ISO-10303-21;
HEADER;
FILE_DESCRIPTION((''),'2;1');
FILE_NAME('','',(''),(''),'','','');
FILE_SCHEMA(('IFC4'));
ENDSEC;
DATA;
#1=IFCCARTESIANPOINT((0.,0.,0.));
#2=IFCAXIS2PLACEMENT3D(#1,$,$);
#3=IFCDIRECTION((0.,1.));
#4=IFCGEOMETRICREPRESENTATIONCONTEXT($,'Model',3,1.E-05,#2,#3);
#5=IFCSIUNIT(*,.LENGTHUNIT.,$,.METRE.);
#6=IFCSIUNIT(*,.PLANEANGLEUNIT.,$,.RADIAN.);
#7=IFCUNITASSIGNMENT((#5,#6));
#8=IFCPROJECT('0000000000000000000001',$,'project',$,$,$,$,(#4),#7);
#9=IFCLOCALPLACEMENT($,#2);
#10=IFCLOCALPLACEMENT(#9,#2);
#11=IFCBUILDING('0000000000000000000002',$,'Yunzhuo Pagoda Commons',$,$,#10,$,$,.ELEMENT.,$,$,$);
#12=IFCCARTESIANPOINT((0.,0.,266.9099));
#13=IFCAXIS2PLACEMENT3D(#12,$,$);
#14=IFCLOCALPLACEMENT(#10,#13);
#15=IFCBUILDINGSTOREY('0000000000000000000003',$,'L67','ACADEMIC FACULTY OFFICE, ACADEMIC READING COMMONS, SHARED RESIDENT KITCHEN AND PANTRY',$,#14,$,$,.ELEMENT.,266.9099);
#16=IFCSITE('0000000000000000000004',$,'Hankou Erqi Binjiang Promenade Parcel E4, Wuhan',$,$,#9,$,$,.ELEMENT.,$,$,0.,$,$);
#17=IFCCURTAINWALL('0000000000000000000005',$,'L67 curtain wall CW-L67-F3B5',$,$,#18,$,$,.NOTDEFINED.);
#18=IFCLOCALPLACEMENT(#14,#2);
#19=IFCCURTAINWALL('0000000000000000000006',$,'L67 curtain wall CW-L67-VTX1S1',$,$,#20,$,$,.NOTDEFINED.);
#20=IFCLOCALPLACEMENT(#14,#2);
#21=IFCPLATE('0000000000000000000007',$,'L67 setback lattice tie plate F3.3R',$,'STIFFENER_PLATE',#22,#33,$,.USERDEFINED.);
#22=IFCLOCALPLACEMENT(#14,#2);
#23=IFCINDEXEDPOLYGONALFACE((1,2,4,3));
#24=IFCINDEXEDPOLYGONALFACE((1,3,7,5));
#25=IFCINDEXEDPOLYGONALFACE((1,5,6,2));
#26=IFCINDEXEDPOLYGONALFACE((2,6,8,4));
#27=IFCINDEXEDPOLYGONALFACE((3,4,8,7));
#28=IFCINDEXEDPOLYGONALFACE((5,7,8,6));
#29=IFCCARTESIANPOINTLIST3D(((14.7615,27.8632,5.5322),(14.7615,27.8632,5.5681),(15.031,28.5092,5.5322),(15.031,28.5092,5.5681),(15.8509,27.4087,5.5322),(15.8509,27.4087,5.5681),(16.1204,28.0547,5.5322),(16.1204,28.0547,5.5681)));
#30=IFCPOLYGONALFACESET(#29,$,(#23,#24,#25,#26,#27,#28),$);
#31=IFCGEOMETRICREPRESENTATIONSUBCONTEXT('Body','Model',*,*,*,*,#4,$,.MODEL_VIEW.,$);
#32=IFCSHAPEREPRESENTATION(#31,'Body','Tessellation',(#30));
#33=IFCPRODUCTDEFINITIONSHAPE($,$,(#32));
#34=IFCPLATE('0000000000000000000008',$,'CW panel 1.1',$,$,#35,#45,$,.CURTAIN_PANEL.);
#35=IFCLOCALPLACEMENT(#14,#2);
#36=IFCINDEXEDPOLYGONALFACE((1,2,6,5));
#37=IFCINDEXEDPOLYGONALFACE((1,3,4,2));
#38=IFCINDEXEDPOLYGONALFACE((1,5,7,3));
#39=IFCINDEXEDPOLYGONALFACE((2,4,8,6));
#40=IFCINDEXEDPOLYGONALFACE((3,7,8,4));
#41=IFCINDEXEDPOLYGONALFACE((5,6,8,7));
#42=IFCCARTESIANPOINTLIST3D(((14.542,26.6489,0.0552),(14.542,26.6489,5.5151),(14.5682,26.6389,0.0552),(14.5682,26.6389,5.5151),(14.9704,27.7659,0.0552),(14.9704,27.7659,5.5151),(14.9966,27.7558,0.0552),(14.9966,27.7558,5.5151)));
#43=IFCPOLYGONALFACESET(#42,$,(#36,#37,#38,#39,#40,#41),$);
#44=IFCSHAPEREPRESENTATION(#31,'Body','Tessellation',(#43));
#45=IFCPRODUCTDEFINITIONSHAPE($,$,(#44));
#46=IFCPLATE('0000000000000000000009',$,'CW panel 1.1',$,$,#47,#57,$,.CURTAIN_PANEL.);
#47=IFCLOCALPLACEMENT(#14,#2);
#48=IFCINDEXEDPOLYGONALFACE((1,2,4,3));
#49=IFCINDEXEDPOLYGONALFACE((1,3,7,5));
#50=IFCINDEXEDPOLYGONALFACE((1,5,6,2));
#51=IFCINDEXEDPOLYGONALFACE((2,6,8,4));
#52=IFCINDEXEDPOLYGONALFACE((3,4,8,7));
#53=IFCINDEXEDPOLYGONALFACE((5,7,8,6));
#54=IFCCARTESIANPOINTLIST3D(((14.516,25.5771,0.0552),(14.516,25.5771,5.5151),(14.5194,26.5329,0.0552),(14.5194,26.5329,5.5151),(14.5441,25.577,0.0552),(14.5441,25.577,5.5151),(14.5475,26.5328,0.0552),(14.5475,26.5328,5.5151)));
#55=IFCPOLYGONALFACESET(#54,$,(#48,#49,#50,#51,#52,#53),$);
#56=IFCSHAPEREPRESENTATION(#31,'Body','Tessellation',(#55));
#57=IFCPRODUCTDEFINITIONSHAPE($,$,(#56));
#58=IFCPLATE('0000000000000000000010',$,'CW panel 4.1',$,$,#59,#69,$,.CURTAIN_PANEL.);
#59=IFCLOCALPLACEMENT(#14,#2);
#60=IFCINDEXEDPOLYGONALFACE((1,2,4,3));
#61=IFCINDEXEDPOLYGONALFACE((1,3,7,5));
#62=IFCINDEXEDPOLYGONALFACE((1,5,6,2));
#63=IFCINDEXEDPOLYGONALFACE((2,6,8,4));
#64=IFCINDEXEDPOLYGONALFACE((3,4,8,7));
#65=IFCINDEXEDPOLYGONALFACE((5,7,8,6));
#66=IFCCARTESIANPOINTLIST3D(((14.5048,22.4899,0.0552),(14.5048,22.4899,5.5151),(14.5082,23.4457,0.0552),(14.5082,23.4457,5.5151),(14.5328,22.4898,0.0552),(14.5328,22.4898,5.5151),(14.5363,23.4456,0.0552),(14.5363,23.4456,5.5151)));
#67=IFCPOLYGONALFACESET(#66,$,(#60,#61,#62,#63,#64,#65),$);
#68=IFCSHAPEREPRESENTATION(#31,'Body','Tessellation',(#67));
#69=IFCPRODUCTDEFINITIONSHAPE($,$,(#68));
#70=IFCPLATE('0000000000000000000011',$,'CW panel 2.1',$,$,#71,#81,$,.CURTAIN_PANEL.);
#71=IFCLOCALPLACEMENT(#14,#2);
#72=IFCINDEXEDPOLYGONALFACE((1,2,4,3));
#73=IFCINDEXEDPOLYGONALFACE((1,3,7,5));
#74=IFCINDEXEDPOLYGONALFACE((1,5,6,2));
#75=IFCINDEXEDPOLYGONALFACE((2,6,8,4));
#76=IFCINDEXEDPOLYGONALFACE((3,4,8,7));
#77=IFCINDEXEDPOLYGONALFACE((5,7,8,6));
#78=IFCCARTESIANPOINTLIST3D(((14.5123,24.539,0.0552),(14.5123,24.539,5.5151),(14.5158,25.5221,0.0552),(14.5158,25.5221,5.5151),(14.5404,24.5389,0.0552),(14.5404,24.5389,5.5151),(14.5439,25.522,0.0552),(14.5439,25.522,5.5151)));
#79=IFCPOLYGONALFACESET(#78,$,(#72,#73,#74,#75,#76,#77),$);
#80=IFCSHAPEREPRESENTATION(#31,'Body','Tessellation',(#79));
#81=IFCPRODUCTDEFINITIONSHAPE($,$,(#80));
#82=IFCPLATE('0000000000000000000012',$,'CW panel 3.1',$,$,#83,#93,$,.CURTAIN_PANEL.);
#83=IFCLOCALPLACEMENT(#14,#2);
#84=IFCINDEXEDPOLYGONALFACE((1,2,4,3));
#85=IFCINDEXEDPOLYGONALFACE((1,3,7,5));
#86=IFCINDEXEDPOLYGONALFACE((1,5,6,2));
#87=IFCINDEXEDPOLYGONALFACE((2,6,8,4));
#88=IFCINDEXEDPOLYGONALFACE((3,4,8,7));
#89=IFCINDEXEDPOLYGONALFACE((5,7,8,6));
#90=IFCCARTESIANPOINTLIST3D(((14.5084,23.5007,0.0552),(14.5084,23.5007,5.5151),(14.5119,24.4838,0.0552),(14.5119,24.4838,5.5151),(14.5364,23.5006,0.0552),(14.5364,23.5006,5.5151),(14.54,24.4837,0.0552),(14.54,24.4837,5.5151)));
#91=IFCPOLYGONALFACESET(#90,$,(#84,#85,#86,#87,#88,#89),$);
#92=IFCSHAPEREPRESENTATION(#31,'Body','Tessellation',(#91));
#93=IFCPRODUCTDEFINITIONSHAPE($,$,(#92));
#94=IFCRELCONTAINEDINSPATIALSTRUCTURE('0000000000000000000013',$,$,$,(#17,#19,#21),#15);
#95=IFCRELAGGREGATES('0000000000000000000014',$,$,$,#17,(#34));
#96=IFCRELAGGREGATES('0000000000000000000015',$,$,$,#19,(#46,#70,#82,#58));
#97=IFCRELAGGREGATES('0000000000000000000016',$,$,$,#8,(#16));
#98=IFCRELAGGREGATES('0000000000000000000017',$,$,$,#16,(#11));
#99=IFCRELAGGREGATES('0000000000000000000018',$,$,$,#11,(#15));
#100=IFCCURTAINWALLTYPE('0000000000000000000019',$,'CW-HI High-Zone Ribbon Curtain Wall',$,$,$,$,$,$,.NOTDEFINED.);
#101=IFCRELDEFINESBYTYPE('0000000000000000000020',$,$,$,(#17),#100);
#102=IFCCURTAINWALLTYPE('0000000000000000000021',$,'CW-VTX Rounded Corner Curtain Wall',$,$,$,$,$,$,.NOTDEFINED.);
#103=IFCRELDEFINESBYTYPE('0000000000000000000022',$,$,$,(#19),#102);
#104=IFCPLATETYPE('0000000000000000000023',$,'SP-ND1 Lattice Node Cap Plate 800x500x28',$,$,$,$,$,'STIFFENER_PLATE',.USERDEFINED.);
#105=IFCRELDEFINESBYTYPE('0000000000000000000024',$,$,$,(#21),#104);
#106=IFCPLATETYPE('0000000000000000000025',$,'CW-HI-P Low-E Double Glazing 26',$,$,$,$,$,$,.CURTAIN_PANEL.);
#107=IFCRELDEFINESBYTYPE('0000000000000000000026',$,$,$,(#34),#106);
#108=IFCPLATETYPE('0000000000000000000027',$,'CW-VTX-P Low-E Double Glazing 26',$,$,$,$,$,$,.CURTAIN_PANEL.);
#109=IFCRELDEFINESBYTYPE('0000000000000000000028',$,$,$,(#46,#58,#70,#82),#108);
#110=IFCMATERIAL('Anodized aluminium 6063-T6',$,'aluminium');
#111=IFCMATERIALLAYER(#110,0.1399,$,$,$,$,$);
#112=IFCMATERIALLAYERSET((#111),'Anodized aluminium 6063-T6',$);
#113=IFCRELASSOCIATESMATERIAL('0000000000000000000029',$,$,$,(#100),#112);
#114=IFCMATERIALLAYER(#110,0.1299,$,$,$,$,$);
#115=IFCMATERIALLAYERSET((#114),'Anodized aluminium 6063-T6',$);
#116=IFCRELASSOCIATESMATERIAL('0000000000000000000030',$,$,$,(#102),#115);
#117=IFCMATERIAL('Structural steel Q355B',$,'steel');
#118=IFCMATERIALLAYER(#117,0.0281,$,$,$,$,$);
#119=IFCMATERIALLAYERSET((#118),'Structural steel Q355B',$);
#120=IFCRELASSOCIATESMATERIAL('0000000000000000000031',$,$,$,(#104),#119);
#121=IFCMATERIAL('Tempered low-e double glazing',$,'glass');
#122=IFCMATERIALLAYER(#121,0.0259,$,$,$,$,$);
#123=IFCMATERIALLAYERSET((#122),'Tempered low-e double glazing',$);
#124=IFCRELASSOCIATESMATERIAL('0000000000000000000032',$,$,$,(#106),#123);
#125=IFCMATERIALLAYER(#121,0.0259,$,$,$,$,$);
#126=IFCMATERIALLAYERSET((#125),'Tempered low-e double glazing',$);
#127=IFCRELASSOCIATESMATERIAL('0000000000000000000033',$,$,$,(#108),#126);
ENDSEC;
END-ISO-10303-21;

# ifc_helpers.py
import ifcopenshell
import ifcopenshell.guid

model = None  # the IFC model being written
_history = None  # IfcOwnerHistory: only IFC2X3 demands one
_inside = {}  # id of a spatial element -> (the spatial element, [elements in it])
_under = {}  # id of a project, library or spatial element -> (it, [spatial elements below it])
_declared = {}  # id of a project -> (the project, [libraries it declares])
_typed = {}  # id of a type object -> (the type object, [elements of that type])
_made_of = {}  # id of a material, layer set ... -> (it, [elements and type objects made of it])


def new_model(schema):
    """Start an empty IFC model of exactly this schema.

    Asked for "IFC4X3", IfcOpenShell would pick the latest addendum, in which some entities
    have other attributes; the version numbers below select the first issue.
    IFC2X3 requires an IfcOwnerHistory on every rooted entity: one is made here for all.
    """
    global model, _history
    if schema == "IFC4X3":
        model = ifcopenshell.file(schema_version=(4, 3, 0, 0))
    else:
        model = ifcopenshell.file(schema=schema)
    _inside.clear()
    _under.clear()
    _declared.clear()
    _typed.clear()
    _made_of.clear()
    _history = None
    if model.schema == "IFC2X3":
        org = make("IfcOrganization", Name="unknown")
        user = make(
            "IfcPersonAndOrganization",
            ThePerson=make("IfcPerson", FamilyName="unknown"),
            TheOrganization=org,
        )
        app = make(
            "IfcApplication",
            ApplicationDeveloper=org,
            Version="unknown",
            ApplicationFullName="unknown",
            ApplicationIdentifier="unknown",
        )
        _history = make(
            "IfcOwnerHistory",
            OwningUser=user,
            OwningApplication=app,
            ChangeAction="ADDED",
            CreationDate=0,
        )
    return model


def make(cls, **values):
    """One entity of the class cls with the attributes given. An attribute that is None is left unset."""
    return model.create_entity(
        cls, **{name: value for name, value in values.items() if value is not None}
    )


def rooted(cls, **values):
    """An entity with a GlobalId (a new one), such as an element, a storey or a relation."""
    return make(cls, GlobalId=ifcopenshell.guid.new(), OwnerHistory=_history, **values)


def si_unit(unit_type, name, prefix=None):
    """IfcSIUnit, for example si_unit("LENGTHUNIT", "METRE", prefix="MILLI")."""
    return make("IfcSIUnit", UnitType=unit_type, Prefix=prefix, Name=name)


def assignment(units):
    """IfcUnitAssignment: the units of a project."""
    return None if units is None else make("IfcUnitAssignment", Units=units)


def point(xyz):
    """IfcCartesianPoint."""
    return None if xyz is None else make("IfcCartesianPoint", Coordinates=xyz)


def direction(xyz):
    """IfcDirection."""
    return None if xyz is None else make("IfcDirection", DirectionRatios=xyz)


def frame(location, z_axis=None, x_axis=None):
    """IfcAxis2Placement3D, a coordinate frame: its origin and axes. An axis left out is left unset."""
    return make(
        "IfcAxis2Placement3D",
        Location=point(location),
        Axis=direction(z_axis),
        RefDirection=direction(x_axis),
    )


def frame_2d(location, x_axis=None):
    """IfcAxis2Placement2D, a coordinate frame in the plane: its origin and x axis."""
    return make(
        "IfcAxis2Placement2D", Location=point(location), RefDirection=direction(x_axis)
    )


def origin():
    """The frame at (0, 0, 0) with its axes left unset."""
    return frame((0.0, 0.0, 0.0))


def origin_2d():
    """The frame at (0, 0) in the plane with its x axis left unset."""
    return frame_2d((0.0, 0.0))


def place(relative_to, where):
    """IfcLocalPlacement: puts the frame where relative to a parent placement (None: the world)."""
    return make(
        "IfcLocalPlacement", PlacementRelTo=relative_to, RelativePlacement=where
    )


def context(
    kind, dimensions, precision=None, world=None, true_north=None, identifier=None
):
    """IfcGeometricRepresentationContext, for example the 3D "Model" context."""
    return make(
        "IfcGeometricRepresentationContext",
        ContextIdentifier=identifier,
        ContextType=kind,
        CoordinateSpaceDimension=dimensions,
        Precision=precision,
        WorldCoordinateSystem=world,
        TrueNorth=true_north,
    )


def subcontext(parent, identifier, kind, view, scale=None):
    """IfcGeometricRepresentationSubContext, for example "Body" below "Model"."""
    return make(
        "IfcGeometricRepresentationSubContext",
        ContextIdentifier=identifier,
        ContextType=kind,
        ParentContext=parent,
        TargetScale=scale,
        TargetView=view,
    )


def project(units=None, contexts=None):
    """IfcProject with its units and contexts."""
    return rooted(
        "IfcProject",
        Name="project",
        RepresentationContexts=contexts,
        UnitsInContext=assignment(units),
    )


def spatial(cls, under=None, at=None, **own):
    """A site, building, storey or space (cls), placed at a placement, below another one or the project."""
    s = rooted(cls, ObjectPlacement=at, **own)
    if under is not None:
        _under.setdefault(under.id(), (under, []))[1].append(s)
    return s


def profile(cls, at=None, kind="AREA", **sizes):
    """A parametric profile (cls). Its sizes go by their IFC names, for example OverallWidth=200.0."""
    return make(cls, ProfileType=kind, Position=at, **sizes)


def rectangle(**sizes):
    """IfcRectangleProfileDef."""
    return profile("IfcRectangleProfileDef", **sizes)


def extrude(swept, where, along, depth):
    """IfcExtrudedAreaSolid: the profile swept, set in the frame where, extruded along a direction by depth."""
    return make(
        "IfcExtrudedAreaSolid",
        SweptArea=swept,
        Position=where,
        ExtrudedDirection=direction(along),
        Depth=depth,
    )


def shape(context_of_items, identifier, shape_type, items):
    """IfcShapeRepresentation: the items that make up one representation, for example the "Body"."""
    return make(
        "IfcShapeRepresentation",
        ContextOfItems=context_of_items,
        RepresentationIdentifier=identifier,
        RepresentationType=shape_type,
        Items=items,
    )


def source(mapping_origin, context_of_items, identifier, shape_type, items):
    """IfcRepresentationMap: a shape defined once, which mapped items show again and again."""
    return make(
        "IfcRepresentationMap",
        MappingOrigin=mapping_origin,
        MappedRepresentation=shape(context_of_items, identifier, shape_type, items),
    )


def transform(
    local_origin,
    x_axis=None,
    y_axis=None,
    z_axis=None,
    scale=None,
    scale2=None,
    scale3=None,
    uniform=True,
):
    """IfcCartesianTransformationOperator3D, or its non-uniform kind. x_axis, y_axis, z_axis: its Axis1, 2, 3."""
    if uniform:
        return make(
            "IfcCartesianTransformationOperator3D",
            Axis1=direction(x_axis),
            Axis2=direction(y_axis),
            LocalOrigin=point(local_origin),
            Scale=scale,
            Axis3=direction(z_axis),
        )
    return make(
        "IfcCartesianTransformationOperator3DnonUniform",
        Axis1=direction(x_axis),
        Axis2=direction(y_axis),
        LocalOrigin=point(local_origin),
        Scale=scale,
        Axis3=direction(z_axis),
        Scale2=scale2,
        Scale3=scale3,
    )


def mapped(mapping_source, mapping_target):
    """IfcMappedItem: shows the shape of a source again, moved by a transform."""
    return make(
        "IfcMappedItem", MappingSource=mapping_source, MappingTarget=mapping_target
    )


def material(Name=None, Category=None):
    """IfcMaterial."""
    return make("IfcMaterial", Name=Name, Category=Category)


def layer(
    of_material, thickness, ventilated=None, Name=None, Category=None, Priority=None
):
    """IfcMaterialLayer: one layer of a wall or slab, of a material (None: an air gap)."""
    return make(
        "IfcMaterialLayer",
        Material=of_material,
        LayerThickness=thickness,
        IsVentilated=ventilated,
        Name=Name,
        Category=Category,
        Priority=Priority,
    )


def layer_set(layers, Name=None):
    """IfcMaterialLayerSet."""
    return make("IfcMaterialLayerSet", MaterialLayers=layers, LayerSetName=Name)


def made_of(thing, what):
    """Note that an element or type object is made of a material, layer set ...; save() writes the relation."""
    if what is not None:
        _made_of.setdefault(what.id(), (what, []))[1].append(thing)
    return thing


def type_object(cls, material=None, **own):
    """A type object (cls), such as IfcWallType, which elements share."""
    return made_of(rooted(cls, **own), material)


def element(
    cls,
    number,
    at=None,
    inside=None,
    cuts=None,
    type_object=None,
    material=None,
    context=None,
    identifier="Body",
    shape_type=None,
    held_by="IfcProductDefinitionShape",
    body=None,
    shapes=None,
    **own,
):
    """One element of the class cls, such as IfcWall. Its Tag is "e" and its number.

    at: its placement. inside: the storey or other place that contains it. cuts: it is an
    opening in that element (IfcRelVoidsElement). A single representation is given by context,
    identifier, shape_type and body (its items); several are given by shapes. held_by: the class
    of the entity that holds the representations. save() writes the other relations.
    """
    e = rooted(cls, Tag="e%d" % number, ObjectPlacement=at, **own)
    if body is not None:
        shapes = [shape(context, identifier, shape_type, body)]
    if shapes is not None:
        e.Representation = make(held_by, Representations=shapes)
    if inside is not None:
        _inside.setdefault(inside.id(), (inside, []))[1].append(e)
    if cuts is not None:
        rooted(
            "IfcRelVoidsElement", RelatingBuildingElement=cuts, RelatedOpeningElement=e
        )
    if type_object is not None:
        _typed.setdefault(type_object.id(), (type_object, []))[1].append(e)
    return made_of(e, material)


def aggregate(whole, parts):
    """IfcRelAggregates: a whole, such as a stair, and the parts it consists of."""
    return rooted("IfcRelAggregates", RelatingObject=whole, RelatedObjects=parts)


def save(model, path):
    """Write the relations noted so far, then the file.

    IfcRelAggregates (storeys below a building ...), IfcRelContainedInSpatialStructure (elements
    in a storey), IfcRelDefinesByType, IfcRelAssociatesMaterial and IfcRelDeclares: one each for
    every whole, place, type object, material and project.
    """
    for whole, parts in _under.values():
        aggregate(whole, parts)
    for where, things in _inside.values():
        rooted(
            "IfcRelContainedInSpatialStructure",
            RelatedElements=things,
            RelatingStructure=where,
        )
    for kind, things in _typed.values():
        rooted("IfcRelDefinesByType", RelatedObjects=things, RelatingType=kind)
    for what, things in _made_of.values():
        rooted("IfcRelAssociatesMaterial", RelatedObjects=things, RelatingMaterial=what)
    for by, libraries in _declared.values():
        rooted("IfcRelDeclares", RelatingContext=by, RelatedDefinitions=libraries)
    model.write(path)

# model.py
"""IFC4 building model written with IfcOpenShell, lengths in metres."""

from ifc_helpers import new_model, si_unit, direction, frame, origin, origin_2d, place, context, subcontext, project, spatial, rectangle, extrude, source, transform, mapped, material, layer, layer_set, type_object, element, aggregate, save


model = new_model("IFC4")

# Units and contexts
model_context = context("Model", 3, precision=1e-05, world=origin(), true_north=direction((0.0, 1.0)))
body_context = subcontext(model_context, "Body", "Model", "MODEL_VIEW")
ifc_project = project(units=[si_unit("LENGTHUNIT", "METRE"), si_unit("PLANEANGLEUNIT", "RADIAN")], contexts=[model_context])

# Site, building, storey
site_placement = place(None, origin())
site = spatial("IfcSite", under=ifc_project, at=site_placement, Name="Hankou Erqi Binjiang Promenade Parcel E4, Wuhan", CompositionType="ELEMENT", RefElevation=0.0)
building_placement = place(site_placement, origin())
building = spatial("IfcBuilding", under=site, at=building_placement, Name="Yunzhuo Pagoda Commons", CompositionType="ELEMENT")
storey_placement = place(building_placement, frame((0.0, 0.0, 266.9099)))
storey = spatial("IfcBuildingStorey", under=building, at=storey_placement, Name="L67", Description="ACADEMIC FACULTY OFFICE, ACADEMIC READING COMMONS, SHARED RESIDENT KITCHEN AND PANTRY", CompositionType="ELEMENT", Elevation=266.9099)

# Shared definitions
ifc_material_1 = material(Name="Structural steel Q355B", Category="steel")

# Curtain walls
ifc_material_2 = material(Name="Anodized aluminium 6063-T6", Category="aluminium")
ifc_layer_1 = layer(ifc_material_2, 0.1399)
ifc_layer_set_1 = layer_set([ifc_layer_1], Name="Anodized aluminium 6063-T6")
curtain_wall_type_1 = type_object("IfcCurtainWallType", Name="CW-HI High-Zone Ribbon Curtain Wall", PredefinedType="NOTDEFINED", material=ifc_layer_set_1)
curtain_wall_1_placement = place(storey_placement, origin())
curtain_wall_1 = element("IfcCurtainWall", 1, at=curtain_wall_1_placement, inside=storey, type_object=curtain_wall_type_1, Name="L67 curtain wall CW-L67-F3B5", PredefinedType="NOTDEFINED")
ifc_layer_2 = layer(ifc_material_2, 0.1299)
ifc_layer_set_2 = layer_set([ifc_layer_2], Name="Anodized aluminium 6063-T6")
curtain_wall_type_2 = type_object("IfcCurtainWallType", Name="CW-VTX Rounded Corner Curtain Wall", PredefinedType="NOTDEFINED", material=ifc_layer_set_2)
curtain_wall_2_placement = place(storey_placement, origin())
curtain_wall_2 = element("IfcCurtainWall", 2, at=curtain_wall_2_placement, inside=storey, type_object=curtain_wall_type_2, Name="L67 curtain wall CW-L67-VTX1S1", PredefinedType="NOTDEFINED")

# Plates
ifc_layer_3 = layer(ifc_material_1, 0.0281)
ifc_layer_set_3 = layer_set([ifc_layer_3], Name="Structural steel Q355B")
plate_type_1 = type_object("IfcPlateType", Name="SP-ND1 Lattice Node Cap Plate 800x500x28", ElementType="STIFFENER_PLATE", PredefinedType="USERDEFINED", material=ifc_layer_set_3)
shared_shape_1 = source(origin(), body_context, "Body", "SweptSolid", [
    extrude(rectangle(XDim=0.7, YDim=1.1804, at=origin_2d()), origin(), (0.0, 0.0, 1.0), 0.0359),
])
plate_1_placement = place(storey_placement, frame((15.4409, 27.959, 5.5322), z_axis=(0.0, 0.0, 1.0), x_axis=(-0.38502, -0.922908, 0.0)))
element("IfcPlate", 3, at=plate_1_placement, inside=storey, type_object=plate_type_1, Name="L67 setback lattice tie plate F3.3R", ObjectType="STIFFENER_PLATE", PredefinedType="USERDEFINED", context=body_context, shape_type="MappedRepresentation", body=[
    mapped(shared_shape_1, transform((0.0, 0.0, 0.0), scale=1.0)),
])
ifc_material_3 = material(Name="Tempered low-e double glazing", Category="glass")
ifc_layer_4 = layer(ifc_material_3, 0.0259)
ifc_layer_set_4 = layer_set([ifc_layer_4], Name="Tempered low-e double glazing")
plate_type_2 = type_object("IfcPlateType", Name="CW-HI-P Low-E Double Glazing 26", PredefinedType="CURTAIN_PANEL", material=ifc_layer_set_4)
shared_shape_2 = source(origin(), body_context, "Body", "SweptSolid", [
    extrude(rectangle(XDim=1.1963, YDim=0.0281, at=origin_2d()), origin(), (0.0, 0.0, 1.0), 5.46),
])
plate_2_placement = place(storey_placement, frame((14.7693, 27.2024, 0.0552), z_axis=(0.0, 0.0, 1.0), x_axis=(-0.358124, -0.933674, 0.0)))
plate_2 = element("IfcPlate", 4, at=plate_2_placement, type_object=plate_type_2, Name="CW panel 1.1", PredefinedType="CURTAIN_PANEL", context=body_context, shape_type="MappedRepresentation", body=[
    mapped(shared_shape_2, transform((0.0, 0.0, 0.0), scale=1.0)),
])
aggregate(curtain_wall_1, [plate_2])
ifc_layer_5 = layer(ifc_material_3, 0.0259)
ifc_layer_set_5 = layer_set([ifc_layer_5], Name="Tempered low-e double glazing")
plate_type_3 = type_object("IfcPlateType", Name="CW-VTX-P Low-E Double Glazing 26", PredefinedType="CURTAIN_PANEL", material=ifc_layer_set_5)
shared_shape_3 = source(origin(), body_context, "Body", "SweptSolid", [
    extrude(rectangle(XDim=0.9558, YDim=0.0281, at=origin_2d()), origin(), (0.0, 0.0, 1.0), 5.46),
])
plate_3_placement = place(storey_placement, frame((14.5317, 26.0549, 0.0552), z_axis=(0.0, 0.0, 1.0), x_axis=(-0.003588, -0.999994, 0.0)))
plate_3 = element("IfcPlate", 5, at=plate_3_placement, type_object=plate_type_3, Name="CW panel 1.1", PredefinedType="CURTAIN_PANEL", context=body_context, shape_type="MappedRepresentation", body=[
    mapped(shared_shape_3, transform((0.0, 0.0, 0.0), scale=1.0)),
])
plate_4_placement = place(storey_placement, frame((14.5205, 22.9678, 0.0552), z_axis=(0.0, 0.0, 1.0), x_axis=(-0.003588, -0.999994, 0.0)))
plate_4 = element("IfcPlate", 6, at=plate_4_placement, type_object=plate_type_3, Name="CW panel 4.1", PredefinedType="CURTAIN_PANEL", context=body_context, shape_type="MappedRepresentation", body=[
    mapped(shared_shape_3, transform((0.0, 0.0, 0.0), scale=1.0)),
])
shared_shape_4 = source(origin(), body_context, "Body", "SweptSolid", [
    extrude(rectangle(XDim=0.9832, YDim=0.0281, at=origin_2d()), origin(), (0.0, 0.0, 1.0), 5.46),
])
plate_5_placement = place(storey_placement, frame((14.5281, 25.0305, 0.0552), z_axis=(0.0, 0.0, 1.0), x_axis=(-0.003588, -0.999994, 0.0)))
plate_5 = element("IfcPlate", 7, at=plate_5_placement, type_object=plate_type_3, Name="CW panel 2.1", PredefinedType="CURTAIN_PANEL", context=body_context, shape_type="MappedRepresentation", body=[
    mapped(shared_shape_4, transform((0.0, 0.0, 0.0), scale=1.0)),
])
plate_6_placement = place(storey_placement, frame((14.5242, 23.9922, 0.0552), z_axis=(0.0, 0.0, 1.0), x_axis=(-0.003588, -0.999994, 0.0)))
plate_6 = element("IfcPlate", 8, at=plate_6_placement, type_object=plate_type_3, Name="CW panel 3.1", PredefinedType="CURTAIN_PANEL", context=body_context, shape_type="MappedRepresentation", body=[
    mapped(shared_shape_4, transform((0.0, 0.0, 0.0), scale=1.0)),
])
aggregate(curtain_wall_2, [plate_3, plate_5, plate_6, plate_4])

save(model, "model.ifc")
